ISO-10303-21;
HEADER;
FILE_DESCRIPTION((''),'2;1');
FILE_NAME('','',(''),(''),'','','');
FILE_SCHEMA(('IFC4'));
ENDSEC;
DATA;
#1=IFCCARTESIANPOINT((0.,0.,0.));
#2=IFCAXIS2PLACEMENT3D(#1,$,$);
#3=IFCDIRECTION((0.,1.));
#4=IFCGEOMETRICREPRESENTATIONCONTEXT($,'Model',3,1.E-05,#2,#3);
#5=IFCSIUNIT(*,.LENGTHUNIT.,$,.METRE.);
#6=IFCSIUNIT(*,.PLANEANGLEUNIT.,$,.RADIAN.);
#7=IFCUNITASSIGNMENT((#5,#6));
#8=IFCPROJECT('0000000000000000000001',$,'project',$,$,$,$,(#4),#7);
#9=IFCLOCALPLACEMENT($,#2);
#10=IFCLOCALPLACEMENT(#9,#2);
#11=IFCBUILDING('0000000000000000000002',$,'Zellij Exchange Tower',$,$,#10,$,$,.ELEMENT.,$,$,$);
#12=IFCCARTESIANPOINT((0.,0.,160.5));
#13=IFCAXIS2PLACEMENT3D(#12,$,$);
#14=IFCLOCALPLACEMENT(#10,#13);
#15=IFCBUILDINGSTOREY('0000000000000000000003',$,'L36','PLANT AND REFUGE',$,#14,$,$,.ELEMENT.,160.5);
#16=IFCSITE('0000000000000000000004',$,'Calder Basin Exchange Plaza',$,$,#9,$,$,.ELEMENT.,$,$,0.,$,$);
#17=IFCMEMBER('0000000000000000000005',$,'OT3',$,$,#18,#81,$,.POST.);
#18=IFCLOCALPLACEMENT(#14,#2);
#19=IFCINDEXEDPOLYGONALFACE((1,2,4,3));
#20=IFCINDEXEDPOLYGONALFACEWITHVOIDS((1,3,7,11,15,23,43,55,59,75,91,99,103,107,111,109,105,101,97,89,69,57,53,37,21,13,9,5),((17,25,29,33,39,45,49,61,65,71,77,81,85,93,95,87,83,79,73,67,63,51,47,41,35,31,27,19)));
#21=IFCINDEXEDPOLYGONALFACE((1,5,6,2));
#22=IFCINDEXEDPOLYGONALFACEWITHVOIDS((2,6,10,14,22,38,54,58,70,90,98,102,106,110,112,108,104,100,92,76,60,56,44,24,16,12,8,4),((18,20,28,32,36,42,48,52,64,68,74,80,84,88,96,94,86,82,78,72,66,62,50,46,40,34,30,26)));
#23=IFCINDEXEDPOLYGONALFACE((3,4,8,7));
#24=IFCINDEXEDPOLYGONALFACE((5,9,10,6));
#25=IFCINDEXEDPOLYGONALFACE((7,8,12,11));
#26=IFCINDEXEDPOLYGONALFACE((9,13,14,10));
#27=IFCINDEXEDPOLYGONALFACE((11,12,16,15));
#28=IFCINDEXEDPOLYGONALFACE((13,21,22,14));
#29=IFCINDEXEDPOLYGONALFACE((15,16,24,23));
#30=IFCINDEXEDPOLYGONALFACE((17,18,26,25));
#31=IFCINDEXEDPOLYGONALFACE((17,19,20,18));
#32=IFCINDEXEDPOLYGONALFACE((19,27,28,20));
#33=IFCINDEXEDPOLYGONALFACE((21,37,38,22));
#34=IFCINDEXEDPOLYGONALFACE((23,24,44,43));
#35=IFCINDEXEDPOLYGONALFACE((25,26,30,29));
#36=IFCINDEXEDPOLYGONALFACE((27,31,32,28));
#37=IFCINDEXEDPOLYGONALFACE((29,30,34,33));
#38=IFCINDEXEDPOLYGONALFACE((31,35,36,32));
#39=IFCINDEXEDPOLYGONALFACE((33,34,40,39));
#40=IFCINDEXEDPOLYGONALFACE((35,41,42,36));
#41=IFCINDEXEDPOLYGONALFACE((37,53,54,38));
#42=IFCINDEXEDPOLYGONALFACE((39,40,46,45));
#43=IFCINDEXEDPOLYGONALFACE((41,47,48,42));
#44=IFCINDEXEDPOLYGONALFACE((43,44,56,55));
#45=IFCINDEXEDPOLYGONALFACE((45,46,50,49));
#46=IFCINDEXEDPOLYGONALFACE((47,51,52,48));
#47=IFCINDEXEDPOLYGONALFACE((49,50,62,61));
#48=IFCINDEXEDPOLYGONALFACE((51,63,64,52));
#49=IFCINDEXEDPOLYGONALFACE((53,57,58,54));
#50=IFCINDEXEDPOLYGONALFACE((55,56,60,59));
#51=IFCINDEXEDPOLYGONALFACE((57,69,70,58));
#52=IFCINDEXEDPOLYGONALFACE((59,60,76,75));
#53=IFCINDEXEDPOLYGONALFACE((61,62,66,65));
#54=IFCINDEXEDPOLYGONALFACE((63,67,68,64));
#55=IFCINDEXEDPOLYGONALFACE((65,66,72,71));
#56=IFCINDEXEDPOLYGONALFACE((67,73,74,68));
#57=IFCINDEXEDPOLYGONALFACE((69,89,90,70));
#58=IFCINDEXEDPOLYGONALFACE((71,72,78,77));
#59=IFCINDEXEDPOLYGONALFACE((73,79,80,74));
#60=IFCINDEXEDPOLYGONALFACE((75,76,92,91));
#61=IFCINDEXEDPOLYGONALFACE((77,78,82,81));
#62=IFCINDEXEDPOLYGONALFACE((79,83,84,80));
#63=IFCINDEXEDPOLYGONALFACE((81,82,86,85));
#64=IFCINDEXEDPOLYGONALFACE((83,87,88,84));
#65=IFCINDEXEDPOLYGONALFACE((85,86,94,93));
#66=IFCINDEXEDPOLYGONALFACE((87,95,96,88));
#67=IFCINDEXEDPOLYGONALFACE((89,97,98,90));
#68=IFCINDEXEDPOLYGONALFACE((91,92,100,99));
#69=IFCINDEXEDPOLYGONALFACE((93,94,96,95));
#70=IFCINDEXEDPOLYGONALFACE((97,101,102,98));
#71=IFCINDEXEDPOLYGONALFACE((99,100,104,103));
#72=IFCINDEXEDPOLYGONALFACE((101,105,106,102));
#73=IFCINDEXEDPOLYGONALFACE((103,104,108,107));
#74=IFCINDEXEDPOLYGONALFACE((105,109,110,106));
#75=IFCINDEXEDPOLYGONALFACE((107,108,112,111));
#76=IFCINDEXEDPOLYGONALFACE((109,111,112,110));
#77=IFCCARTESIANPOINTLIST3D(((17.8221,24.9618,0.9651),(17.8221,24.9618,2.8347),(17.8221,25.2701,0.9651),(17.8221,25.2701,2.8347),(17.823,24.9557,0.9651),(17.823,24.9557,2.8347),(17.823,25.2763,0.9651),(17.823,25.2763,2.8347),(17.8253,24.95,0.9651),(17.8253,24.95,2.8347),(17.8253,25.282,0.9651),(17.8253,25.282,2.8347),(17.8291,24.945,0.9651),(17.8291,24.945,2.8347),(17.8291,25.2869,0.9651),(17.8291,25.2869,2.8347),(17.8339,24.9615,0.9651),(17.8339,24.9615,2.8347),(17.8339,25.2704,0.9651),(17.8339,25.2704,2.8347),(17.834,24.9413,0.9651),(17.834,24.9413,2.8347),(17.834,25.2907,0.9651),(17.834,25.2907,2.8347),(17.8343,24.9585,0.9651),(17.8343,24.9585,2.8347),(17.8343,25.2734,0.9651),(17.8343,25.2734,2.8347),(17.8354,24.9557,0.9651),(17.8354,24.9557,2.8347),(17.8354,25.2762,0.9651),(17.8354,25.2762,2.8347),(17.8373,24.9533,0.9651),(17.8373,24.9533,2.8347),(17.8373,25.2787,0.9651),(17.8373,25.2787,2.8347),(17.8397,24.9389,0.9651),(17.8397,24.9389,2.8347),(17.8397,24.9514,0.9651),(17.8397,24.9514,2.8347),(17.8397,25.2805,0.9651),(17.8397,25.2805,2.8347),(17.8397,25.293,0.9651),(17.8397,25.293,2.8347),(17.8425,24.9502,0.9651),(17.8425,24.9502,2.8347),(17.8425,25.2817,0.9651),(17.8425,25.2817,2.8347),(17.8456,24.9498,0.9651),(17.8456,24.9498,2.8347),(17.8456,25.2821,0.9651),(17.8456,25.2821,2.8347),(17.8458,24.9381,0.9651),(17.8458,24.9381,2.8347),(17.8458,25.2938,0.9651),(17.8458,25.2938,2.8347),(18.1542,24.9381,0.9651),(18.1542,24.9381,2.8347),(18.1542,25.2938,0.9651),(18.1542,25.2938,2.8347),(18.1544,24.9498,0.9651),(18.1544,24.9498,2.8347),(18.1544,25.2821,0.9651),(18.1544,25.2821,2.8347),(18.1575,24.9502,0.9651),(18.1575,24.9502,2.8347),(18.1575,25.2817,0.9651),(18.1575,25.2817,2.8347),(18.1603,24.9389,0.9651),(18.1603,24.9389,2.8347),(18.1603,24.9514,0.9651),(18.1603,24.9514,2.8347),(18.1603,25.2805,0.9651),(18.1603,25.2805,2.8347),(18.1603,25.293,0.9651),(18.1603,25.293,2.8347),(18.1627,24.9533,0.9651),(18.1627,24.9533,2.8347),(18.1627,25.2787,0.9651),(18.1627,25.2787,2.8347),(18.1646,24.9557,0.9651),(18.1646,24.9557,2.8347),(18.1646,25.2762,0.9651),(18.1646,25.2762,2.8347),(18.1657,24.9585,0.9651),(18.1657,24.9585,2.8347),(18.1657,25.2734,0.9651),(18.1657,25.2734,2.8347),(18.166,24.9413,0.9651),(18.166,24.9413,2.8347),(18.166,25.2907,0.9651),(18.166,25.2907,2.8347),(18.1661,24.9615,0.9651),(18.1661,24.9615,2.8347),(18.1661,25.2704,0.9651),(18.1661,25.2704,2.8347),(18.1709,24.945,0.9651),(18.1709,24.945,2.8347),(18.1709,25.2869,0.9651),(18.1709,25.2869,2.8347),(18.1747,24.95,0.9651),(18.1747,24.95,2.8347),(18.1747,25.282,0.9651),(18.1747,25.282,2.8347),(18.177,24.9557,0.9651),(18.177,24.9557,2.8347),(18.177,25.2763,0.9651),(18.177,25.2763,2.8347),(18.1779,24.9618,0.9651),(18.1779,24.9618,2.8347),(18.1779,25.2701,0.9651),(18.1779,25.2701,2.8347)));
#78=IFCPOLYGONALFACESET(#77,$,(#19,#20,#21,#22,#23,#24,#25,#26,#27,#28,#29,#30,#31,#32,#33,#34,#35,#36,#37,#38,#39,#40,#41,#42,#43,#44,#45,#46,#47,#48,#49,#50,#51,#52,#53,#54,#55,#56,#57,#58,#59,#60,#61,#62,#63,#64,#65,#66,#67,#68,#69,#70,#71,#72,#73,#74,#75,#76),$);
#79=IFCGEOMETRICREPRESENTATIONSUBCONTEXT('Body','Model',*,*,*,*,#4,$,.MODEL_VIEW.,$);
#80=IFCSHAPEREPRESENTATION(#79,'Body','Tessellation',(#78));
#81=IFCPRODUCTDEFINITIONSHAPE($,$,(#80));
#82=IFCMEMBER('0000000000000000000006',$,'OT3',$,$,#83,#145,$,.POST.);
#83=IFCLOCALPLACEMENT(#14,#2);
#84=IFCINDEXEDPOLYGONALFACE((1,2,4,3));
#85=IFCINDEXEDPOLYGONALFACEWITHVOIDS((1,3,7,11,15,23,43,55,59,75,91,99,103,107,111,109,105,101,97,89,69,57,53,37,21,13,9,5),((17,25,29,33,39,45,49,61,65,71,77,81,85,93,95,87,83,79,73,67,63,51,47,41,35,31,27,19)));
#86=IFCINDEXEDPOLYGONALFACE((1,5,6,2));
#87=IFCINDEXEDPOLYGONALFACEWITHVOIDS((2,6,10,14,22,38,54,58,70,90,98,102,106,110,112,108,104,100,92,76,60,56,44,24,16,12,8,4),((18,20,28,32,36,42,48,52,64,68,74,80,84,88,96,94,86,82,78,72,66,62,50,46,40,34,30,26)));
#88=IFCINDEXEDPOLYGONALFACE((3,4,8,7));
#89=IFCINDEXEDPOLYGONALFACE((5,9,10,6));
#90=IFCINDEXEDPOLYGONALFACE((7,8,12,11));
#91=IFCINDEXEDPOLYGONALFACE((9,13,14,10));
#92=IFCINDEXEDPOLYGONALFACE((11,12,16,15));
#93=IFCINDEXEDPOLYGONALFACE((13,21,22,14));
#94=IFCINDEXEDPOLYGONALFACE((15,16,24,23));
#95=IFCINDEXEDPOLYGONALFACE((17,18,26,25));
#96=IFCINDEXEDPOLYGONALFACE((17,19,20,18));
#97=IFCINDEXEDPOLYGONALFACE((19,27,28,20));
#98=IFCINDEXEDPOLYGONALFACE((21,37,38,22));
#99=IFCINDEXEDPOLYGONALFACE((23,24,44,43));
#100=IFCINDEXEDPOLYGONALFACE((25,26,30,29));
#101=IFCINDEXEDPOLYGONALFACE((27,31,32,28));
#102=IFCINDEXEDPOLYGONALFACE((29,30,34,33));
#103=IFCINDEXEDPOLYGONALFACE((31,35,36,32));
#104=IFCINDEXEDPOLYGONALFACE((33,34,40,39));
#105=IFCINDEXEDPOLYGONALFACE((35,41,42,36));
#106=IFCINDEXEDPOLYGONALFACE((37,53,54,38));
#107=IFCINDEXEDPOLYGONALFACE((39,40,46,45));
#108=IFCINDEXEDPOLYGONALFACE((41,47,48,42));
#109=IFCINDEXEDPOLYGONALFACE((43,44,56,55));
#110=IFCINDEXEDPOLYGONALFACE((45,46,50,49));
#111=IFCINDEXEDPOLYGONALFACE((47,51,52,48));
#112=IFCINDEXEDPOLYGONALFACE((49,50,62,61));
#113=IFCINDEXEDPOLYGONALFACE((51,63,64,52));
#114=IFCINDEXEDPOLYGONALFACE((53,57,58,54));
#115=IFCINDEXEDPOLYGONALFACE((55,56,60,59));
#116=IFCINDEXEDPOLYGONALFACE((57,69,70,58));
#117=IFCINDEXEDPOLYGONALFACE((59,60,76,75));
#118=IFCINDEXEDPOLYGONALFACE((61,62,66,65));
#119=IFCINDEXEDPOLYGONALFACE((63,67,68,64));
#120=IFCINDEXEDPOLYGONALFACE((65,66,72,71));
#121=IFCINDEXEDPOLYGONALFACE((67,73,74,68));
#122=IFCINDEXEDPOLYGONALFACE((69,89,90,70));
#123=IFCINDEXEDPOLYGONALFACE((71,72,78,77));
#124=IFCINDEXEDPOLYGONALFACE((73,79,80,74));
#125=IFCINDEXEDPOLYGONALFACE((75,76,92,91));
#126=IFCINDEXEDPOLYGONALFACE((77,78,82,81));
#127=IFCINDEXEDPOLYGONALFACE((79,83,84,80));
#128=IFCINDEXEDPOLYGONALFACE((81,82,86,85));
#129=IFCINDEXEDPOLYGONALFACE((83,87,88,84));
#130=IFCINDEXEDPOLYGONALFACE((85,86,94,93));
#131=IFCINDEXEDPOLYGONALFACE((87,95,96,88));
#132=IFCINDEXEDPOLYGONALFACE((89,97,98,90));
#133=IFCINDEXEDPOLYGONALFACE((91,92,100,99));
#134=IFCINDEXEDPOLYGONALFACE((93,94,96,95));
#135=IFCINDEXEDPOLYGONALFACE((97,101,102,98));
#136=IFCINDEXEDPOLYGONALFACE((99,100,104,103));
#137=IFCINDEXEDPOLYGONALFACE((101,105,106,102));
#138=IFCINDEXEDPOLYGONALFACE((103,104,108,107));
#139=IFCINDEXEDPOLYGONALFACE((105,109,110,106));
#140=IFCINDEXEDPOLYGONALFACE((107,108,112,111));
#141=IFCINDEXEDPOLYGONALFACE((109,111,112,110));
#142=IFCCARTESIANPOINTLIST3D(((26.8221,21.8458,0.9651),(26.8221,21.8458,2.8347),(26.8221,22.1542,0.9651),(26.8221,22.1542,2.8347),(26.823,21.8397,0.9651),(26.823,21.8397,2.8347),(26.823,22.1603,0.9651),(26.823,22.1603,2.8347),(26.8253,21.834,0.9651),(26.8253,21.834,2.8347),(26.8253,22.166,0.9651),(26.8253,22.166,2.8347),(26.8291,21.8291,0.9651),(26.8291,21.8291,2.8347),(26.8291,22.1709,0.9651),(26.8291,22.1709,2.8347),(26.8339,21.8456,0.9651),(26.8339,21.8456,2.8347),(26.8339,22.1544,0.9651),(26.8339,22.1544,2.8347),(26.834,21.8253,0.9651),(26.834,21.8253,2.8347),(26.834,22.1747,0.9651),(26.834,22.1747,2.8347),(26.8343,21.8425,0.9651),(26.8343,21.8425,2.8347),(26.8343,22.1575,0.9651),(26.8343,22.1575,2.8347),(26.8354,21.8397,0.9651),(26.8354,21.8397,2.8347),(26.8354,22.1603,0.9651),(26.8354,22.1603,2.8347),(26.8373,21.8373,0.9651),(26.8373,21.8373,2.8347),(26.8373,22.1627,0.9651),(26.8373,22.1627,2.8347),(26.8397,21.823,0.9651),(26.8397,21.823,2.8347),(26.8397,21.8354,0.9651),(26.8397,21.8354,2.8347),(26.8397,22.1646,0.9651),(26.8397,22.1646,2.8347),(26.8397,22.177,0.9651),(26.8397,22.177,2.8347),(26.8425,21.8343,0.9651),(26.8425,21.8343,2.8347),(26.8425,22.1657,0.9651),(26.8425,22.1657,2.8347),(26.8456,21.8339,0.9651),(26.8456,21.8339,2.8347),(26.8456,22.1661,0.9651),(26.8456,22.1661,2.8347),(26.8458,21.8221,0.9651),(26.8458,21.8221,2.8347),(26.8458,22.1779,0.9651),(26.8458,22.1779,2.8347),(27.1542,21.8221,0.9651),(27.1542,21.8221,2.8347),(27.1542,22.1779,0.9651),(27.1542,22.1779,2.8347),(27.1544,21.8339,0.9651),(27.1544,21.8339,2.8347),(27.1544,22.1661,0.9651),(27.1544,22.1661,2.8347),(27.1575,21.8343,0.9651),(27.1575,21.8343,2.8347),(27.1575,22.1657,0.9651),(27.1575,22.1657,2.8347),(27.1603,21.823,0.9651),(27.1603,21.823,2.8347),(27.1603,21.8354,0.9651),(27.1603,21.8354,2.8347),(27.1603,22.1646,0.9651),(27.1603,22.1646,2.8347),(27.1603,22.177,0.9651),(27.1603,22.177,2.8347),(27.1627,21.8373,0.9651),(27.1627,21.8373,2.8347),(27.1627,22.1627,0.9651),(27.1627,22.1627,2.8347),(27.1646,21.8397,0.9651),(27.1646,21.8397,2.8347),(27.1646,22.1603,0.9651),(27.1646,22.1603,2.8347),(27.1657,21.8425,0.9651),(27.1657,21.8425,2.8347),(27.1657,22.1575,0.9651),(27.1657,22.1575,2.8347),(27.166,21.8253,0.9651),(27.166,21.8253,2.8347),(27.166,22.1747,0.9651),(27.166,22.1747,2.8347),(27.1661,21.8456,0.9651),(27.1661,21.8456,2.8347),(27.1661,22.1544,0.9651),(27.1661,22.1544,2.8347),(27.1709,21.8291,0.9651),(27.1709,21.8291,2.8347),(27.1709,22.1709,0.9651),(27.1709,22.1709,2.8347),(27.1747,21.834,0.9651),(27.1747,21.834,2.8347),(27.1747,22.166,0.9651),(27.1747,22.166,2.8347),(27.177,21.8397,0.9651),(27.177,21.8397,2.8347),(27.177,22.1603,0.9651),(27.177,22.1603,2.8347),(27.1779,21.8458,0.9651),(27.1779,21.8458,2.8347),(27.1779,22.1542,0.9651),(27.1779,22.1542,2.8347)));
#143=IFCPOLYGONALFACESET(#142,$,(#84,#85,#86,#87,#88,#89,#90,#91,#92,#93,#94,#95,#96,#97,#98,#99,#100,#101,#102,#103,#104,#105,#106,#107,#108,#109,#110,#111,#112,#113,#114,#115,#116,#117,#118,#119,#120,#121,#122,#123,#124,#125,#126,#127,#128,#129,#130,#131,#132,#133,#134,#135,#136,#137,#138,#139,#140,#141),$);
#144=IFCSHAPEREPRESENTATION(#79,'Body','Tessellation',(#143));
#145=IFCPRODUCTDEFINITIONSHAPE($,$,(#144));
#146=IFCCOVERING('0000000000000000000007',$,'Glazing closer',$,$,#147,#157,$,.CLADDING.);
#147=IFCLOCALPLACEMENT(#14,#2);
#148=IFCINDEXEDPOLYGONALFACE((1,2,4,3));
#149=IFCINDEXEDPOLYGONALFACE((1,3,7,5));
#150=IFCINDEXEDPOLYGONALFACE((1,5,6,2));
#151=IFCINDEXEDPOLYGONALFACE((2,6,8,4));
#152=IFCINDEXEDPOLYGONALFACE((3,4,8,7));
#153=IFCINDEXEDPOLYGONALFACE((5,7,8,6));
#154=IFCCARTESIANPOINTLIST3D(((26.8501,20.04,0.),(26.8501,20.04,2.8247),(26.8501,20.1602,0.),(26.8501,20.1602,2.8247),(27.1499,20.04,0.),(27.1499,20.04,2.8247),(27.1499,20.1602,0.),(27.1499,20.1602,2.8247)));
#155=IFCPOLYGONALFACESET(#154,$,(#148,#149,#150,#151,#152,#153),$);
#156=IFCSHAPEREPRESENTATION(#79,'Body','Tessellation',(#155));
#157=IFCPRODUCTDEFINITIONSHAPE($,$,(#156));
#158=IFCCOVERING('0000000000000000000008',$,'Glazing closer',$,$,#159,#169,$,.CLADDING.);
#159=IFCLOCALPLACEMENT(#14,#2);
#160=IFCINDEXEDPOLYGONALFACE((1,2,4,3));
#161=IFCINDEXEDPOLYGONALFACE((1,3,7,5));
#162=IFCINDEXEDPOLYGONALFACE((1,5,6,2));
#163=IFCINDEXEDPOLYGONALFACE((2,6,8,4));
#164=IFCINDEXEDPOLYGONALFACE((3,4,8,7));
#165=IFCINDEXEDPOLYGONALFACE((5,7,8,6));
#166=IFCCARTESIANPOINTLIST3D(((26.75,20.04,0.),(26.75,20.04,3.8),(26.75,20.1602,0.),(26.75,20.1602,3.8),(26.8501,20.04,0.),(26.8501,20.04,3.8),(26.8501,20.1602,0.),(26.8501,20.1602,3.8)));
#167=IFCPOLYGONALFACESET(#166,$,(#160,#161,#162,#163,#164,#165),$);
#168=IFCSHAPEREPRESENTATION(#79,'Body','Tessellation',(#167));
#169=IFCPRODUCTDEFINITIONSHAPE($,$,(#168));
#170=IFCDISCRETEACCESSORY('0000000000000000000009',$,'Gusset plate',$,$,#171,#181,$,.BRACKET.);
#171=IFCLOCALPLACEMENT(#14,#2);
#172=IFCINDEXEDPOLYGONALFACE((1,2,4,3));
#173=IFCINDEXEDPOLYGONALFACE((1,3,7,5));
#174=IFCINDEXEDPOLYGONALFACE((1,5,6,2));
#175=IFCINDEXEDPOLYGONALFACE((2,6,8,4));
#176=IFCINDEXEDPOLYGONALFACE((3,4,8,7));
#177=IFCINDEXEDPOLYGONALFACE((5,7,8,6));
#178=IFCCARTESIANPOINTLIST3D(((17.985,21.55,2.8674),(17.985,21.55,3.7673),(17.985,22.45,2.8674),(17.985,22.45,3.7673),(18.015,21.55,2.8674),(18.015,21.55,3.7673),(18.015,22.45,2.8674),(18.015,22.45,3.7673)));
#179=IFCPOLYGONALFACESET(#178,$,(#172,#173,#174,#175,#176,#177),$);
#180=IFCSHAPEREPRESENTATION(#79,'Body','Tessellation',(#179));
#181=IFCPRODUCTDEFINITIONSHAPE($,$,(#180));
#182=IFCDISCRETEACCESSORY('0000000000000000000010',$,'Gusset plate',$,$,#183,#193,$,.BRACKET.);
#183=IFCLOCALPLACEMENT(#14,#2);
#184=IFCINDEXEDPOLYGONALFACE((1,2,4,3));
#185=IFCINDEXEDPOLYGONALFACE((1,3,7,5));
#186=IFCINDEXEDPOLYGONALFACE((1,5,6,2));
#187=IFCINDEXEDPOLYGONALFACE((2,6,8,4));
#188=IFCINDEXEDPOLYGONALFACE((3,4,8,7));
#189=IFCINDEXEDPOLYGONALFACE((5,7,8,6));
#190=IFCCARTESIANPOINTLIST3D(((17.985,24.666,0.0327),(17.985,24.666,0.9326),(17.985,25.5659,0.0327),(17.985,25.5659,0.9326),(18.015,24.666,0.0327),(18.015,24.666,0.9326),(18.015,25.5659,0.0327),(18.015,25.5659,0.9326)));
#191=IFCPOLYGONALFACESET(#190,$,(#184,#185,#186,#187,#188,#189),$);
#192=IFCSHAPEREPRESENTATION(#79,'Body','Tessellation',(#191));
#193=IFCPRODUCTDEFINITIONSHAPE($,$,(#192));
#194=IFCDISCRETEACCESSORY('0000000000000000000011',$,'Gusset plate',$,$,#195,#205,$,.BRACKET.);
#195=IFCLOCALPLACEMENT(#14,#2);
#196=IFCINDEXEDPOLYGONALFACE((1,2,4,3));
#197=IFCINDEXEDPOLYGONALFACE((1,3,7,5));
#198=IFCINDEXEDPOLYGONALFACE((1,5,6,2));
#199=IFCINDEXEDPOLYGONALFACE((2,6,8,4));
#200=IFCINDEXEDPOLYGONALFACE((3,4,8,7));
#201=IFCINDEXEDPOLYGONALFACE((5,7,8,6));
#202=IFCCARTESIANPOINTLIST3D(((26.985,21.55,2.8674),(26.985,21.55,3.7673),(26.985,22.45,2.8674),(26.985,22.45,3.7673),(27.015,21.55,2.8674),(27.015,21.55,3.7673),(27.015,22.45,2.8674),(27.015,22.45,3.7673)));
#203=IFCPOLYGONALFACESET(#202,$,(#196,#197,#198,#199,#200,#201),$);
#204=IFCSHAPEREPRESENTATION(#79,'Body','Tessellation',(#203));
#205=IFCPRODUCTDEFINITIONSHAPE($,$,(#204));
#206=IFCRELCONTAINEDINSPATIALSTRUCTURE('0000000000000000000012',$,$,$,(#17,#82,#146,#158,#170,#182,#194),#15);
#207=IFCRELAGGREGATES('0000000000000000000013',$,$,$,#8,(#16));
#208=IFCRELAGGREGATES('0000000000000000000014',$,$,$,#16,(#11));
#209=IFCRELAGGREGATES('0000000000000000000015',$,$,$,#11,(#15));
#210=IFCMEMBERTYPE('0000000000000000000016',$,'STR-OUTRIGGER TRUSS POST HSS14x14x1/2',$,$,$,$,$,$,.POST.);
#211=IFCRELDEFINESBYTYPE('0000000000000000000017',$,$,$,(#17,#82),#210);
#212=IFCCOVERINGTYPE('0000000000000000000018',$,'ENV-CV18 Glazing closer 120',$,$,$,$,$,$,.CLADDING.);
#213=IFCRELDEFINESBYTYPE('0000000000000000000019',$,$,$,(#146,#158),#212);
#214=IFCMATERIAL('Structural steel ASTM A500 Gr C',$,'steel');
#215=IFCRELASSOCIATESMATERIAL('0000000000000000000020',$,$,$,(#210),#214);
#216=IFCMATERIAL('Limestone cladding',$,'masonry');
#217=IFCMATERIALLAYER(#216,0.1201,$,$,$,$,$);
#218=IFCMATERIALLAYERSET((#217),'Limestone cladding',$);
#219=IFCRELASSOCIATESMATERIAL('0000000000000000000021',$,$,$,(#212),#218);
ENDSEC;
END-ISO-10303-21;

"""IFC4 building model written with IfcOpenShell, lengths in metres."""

from ifc_helpers import new_model, si_unit, direction, frame, origin, origin_2d, place, context, subcontext, project, spatial, rectangle, hollow_rectangle, extrude, material, layer, layer_set, material_profile, profile_set, type_object, element, save


model = new_model("IFC4")

# Units and contexts
model_context = context("Model", 3, precision=1e-05, world=origin(), true_north=direction((0.0, 1.0)))
body_context = subcontext(model_context, "Body", "Model", "MODEL_VIEW")
ifc_project = project(units=[si_unit("LENGTHUNIT", "METRE"), si_unit("PLANEANGLEUNIT", "RADIAN")], contexts=[model_context])

# Site, building, storey
site_placement = place(None, origin())
site = spatial("IfcSite", under=ifc_project, at=site_placement, Name="Calder Basin Exchange Plaza", CompositionType="ELEMENT", RefElevation=0.0)
building_placement = place(site_placement, origin())
building = spatial("IfcBuilding", under=site, at=building_placement, Name="Zellij Exchange Tower", CompositionType="ELEMENT")
storey_placement = place(building_placement, frame((0.0, 0.0, 160.5)))
storey = spatial("IfcBuildingStorey", under=building, at=storey_placement, Name="L36", Description="PLANT AND REFUGE", CompositionType="ELEMENT", Elevation=160.5)

# Shared definitions
ifc_material_1 = material(Name="Structural steel ASTM A500 Gr C", Category="steel")

# Members
ifc_material_profile_1 = material_profile(ifc_material_1, hollow_rectangle(XDim=0.3557, YDim=0.3557, WallThickness=0.0117, InnerFilletRadius=0.0117, OuterFilletRadius=0.0237, at=origin_2d()), Name="STR-OUTRIGGER TRUSS POST HSS14x14x1/2")
ifc_profile_set_1 = profile_set([ifc_material_profile_1], Name="Structural steel ASTM A500 Gr C")
member_type_1 = type_object("IfcMemberType", Name="STR-OUTRIGGER TRUSS POST HSS14x14x1/2", PredefinedType="POST", material=ifc_profile_set_1)
for number, where, z_axis, x_axis, name in (
    (1, (18.0, 25.116, 0.9651), (0.0, 0.0, 1.0), (1.0, 0.0, 0.0), "OT3"),
    (2, (27.0, 22.0, 0.9651), (0.0, 0.0, 1.0), (1.0, 0.0, 0.0), "OT3"),
):
    element("IfcMember", number, at=place(storey_placement, frame(where, z_axis=z_axis, x_axis=x_axis)), inside=storey, type_object=member_type_1, Name=name, PredefinedType="POST", context=body_context, shape_type="SweptSolid", body=[
        extrude(hollow_rectangle(XDim=0.3557, YDim=0.3557, WallThickness=0.0117, InnerFilletRadius=0.0117, OuterFilletRadius=0.0237, at=origin_2d()), origin(), (0.0, 0.0, 1.0), 1.8696),
    ])

# Coverings
ifc_material_2 = material(Name="Limestone cladding", Category="masonry")
ifc_layer = layer(ifc_material_2, 0.1201)
ifc_layer_set = layer_set([ifc_layer], Name="Limestone cladding")
covering_type = type_object("IfcCoveringType", Name="ENV-CV18 Glazing closer 120", PredefinedType="CLADDING", material=ifc_layer_set)
covering_1_placement = place(storey_placement, frame((27.0, 20.1001, 0.0), z_axis=(0.0, 0.0, 1.0), x_axis=(-1.0, 0.0, 0.0)))
element("IfcCovering", 3, at=covering_1_placement, inside=storey, type_object=covering_type, Name="Glazing closer", PredefinedType="CLADDING", context=body_context, shape_type="SweptSolid", body=[
    extrude(rectangle(XDim=0.2998, YDim=0.1201, at=origin_2d()), origin(), (0.0, 0.0, 1.0), 2.8247),
])
covering_2_placement = place(storey_placement, frame((26.8, 20.1001, 0.0), z_axis=(0.0, 0.0, 1.0), x_axis=(-1.0, 0.0, 0.0)))
element("IfcCovering", 4, at=covering_2_placement, inside=storey, type_object=covering_type, Name="Glazing closer", PredefinedType="CLADDING", context=body_context, shape_type="SweptSolid", body=[
    extrude(rectangle(XDim=0.1001, YDim=0.1201, at=origin_2d()), origin(), (0.0, 0.0, 1.0), 3.8),
])

# Discrete accessories
for number, where, z_axis, x_axis, name in (
    (5, (18.0, 22.0, 2.8674), (0.0, 0.0, 1.0), (0.0, 1.0, 0.0), "Gusset plate"),
    (6, (18.0, 25.116, 0.0327), (0.0, 0.0, 1.0), (0.0, 1.0, 0.0), "Gusset plate"),
    (7, (27.0, 22.0, 2.8674), (0.0, 0.0, 1.0), (0.0, 1.0, 0.0), "Gusset plate"),
):
    element("IfcDiscreteAccessory", number, at=place(storey_placement, frame(where, z_axis=z_axis, x_axis=x_axis)), inside=storey, Name=name, PredefinedType="BRACKET", context=body_context, shape_type="SweptSolid", body=[
        extrude(rectangle(XDim=0.8999, YDim=0.03, at=origin_2d()), origin(), (0.0, 0.0, 1.0), 0.8999),
    ])

save(model, "model.ifc")
